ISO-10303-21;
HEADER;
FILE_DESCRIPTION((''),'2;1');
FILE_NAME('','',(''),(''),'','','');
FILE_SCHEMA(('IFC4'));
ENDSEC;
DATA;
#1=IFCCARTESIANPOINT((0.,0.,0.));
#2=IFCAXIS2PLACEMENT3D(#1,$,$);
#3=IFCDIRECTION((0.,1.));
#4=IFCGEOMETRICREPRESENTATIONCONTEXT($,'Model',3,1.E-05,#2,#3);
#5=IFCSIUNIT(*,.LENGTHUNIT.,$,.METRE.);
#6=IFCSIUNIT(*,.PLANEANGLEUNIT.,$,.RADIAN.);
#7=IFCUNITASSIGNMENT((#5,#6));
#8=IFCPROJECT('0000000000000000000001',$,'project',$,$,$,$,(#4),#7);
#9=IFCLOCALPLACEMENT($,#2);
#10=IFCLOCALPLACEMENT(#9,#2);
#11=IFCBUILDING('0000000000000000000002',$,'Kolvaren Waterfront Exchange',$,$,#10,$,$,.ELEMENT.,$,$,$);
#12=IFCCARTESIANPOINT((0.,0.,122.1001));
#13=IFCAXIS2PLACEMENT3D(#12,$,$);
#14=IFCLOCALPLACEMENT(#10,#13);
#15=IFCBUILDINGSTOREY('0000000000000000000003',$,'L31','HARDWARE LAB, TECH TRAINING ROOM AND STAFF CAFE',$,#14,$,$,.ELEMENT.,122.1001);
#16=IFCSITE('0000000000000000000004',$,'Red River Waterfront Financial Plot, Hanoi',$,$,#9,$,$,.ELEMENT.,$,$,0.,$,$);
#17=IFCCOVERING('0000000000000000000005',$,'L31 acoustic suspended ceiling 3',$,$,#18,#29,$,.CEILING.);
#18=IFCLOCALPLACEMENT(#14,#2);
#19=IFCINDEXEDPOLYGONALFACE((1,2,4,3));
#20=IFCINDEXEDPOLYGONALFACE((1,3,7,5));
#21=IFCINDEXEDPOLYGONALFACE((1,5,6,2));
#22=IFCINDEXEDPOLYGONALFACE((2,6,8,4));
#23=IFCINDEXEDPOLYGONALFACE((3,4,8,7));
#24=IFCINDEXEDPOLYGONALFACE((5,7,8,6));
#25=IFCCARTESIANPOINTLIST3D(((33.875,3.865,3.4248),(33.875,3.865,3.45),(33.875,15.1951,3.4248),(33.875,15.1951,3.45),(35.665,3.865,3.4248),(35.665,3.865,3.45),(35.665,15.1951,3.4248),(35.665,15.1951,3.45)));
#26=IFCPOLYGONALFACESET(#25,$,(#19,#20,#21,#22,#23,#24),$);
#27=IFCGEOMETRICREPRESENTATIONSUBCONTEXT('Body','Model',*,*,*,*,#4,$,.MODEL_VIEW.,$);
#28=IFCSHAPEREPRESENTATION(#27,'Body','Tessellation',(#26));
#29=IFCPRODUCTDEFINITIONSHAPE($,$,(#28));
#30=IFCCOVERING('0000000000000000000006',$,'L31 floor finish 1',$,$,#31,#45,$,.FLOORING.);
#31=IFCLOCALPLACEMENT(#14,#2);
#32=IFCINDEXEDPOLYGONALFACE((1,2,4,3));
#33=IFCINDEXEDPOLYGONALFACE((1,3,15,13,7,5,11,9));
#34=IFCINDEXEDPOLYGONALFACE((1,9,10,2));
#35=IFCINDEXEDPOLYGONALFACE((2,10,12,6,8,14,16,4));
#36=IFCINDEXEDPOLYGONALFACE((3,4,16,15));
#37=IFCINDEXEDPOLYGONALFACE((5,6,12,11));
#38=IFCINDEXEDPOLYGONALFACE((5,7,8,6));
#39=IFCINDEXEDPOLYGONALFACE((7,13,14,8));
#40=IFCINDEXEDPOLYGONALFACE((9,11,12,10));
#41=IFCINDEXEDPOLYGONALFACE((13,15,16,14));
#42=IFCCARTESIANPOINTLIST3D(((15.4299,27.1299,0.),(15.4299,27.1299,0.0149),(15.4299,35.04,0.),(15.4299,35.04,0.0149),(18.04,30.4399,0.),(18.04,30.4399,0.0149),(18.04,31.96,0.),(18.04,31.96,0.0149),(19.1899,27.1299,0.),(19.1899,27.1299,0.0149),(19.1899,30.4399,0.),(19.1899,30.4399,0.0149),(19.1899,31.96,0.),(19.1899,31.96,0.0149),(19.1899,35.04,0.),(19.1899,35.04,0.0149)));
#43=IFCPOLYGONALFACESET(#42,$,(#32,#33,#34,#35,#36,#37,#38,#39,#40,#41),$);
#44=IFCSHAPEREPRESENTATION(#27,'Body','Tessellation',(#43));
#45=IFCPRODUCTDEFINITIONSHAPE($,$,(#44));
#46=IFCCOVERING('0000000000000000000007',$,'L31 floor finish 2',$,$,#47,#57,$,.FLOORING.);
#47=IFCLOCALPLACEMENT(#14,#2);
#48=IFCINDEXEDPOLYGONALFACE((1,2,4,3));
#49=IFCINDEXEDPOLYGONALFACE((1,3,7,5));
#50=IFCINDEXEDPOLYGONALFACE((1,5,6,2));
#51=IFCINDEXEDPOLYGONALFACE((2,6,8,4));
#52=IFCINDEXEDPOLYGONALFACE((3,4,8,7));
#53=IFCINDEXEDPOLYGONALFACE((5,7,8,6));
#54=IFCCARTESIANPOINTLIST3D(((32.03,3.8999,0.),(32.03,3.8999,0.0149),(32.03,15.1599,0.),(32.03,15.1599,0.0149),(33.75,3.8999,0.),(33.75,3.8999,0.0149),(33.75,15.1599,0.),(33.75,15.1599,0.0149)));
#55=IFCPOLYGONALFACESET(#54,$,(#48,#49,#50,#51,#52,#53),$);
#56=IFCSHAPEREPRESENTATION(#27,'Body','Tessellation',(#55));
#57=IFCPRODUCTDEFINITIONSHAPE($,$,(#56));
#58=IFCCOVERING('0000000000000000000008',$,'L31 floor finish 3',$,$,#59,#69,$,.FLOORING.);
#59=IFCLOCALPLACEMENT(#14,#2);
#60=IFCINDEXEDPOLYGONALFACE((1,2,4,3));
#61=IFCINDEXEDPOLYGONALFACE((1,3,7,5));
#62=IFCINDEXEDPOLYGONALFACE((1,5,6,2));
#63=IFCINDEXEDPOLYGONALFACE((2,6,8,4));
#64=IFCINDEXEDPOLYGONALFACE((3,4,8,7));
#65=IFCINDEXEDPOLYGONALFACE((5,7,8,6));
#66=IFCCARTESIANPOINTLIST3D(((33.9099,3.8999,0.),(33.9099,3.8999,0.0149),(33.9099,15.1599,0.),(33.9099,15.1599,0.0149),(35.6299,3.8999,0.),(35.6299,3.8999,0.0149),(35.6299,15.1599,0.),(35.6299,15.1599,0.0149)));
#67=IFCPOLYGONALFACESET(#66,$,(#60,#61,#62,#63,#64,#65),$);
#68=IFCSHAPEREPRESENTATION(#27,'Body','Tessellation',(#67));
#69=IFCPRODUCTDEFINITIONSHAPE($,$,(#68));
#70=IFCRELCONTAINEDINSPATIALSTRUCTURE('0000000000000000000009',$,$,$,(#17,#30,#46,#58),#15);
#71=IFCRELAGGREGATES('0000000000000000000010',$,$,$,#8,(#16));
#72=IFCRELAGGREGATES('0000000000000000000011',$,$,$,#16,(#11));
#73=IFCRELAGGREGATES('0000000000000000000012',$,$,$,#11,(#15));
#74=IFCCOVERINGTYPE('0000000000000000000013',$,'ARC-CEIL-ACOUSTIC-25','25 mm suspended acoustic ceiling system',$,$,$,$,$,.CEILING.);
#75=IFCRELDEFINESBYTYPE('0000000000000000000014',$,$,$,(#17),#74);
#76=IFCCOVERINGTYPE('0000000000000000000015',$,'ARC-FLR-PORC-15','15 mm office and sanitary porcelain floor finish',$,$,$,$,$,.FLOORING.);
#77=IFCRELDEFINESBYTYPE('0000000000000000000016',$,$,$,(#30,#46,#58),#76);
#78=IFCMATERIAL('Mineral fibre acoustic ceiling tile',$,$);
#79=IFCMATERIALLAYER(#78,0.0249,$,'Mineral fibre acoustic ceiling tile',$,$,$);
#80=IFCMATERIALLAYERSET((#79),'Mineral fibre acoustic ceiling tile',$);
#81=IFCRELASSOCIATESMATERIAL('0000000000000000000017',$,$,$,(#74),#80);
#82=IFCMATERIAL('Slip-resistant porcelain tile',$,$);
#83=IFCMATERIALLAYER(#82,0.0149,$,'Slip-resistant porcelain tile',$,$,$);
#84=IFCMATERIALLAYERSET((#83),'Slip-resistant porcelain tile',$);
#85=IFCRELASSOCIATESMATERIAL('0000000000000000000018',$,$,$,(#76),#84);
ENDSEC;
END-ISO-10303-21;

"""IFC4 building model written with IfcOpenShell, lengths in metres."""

from ifc_helpers import new_model, si_unit, direction, frame, origin, place, context, subcontext, project, spatial, polyline, outline, extrude, material, layer, layer_set, type_object, element, save


model = new_model("IFC4")

# Units and contexts
model_context = context("Model", 3, precision=1e-05, world=origin(), true_north=direction((0.0, 1.0)))
body_context = subcontext(model_context, "Body", "Model", "MODEL_VIEW")
ifc_project = project(units=[si_unit("LENGTHUNIT", "METRE"), si_unit("PLANEANGLEUNIT", "RADIAN")], contexts=[model_context])

# Site, building, storey
site_placement = place(None, origin())
site = spatial("IfcSite", under=ifc_project, at=site_placement, Name="Red River Waterfront Financial Plot, Hanoi", CompositionType="ELEMENT", RefElevation=0.0)
building_placement = place(site_placement, origin())
building = spatial("IfcBuilding", under=site, at=building_placement, Name="Kolvaren Waterfront Exchange", CompositionType="ELEMENT")
storey_placement = place(building_placement, frame((0.0, 0.0, 122.1001)))
storey = spatial("IfcBuildingStorey", under=building, at=storey_placement, Name="L31", Description="HARDWARE LAB, TECH TRAINING ROOM AND STAFF CAFE", CompositionType="ELEMENT", Elevation=122.1001)

# Coverings
ifc_material_1 = material(Name="Mineral fibre acoustic ceiling tile")
ifc_layer_1 = layer(ifc_material_1, 0.0249, Name="Mineral fibre acoustic ceiling tile")
ifc_layer_set_1 = layer_set([ifc_layer_1], Name="Mineral fibre acoustic ceiling tile")
covering_type_1 = type_object("IfcCoveringType", Name="ARC-CEIL-ACOUSTIC-25", Description="25 mm suspended acoustic ceiling system", PredefinedType="CEILING", material=ifc_layer_set_1)
covering_1_placement = place(storey_placement, frame((0.0, 0.0, 3.4248)))
element("IfcCovering", 1, at=covering_1_placement, inside=storey, type_object=covering_type_1, Name="L31 acoustic suspended ceiling 3", PredefinedType="CEILING", context=body_context, shape_type="SweptSolid", body=[
    extrude(outline(polyline([(35.665, 3.865), (35.665, 15.1951), (33.875, 15.1951), (33.875, 3.865), (35.665, 3.865)])), origin(), (0.0, 0.0, 1.0), 0.0251),
])
ifc_material_2 = material(Name="Slip-resistant porcelain tile")
ifc_layer_2 = layer(ifc_material_2, 0.0149, Name="Slip-resistant porcelain tile")
ifc_layer_set_2 = layer_set([ifc_layer_2], Name="Slip-resistant porcelain tile")
covering_type_2 = type_object("IfcCoveringType", Name="ARC-FLR-PORC-15", Description="15 mm office and sanitary porcelain floor finish", PredefinedType="FLOORING", material=ifc_layer_set_2)
covering_2_placement = place(storey_placement, origin())
element("IfcCovering", 2, at=covering_2_placement, inside=storey, type_object=covering_type_2, Name="L31 floor finish 1", PredefinedType="FLOORING", context=body_context, shape_type="SweptSolid", body=[
    extrude(outline(polyline([(15.4299, 35.04), (15.4299, 27.1299), (19.1899, 27.1299), (19.1899, 30.4399), (18.04, 30.4399), (18.04, 31.96), (19.1899, 31.96), (19.1899, 35.04), (15.4299, 35.04)])), origin(), (0.0, 0.0, 1.0), 0.0149),
])
covering_3_placement = place(storey_placement, origin())
element("IfcCovering", 3, at=covering_3_placement, inside=storey, type_object=covering_type_2, Name="L31 floor finish 2", PredefinedType="FLOORING", context=body_context, shape_type="SweptSolid", body=[
    extrude(outline(polyline([(32.03, 15.1599), (32.03, 3.8999), (33.75, 3.8999), (33.75, 15.1599), (32.03, 15.1599)])), origin(), (0.0, 0.0, 1.0), 0.0149),
])
covering_4_placement = place(storey_placement, origin())
element("IfcCovering", 4, at=covering_4_placement, inside=storey, type_object=covering_type_2, Name="L31 floor finish 3", PredefinedType="FLOORING", context=body_context, shape_type="SweptSolid", body=[
    extrude(outline(polyline([(33.9099, 15.1599), (33.9099, 3.8999), (35.6299, 3.8999), (35.6299, 15.1599), (33.9099, 15.1599)])), origin(), (0.0, 0.0, 1.0), 0.0149),
])

save(model, "model.ifc")
